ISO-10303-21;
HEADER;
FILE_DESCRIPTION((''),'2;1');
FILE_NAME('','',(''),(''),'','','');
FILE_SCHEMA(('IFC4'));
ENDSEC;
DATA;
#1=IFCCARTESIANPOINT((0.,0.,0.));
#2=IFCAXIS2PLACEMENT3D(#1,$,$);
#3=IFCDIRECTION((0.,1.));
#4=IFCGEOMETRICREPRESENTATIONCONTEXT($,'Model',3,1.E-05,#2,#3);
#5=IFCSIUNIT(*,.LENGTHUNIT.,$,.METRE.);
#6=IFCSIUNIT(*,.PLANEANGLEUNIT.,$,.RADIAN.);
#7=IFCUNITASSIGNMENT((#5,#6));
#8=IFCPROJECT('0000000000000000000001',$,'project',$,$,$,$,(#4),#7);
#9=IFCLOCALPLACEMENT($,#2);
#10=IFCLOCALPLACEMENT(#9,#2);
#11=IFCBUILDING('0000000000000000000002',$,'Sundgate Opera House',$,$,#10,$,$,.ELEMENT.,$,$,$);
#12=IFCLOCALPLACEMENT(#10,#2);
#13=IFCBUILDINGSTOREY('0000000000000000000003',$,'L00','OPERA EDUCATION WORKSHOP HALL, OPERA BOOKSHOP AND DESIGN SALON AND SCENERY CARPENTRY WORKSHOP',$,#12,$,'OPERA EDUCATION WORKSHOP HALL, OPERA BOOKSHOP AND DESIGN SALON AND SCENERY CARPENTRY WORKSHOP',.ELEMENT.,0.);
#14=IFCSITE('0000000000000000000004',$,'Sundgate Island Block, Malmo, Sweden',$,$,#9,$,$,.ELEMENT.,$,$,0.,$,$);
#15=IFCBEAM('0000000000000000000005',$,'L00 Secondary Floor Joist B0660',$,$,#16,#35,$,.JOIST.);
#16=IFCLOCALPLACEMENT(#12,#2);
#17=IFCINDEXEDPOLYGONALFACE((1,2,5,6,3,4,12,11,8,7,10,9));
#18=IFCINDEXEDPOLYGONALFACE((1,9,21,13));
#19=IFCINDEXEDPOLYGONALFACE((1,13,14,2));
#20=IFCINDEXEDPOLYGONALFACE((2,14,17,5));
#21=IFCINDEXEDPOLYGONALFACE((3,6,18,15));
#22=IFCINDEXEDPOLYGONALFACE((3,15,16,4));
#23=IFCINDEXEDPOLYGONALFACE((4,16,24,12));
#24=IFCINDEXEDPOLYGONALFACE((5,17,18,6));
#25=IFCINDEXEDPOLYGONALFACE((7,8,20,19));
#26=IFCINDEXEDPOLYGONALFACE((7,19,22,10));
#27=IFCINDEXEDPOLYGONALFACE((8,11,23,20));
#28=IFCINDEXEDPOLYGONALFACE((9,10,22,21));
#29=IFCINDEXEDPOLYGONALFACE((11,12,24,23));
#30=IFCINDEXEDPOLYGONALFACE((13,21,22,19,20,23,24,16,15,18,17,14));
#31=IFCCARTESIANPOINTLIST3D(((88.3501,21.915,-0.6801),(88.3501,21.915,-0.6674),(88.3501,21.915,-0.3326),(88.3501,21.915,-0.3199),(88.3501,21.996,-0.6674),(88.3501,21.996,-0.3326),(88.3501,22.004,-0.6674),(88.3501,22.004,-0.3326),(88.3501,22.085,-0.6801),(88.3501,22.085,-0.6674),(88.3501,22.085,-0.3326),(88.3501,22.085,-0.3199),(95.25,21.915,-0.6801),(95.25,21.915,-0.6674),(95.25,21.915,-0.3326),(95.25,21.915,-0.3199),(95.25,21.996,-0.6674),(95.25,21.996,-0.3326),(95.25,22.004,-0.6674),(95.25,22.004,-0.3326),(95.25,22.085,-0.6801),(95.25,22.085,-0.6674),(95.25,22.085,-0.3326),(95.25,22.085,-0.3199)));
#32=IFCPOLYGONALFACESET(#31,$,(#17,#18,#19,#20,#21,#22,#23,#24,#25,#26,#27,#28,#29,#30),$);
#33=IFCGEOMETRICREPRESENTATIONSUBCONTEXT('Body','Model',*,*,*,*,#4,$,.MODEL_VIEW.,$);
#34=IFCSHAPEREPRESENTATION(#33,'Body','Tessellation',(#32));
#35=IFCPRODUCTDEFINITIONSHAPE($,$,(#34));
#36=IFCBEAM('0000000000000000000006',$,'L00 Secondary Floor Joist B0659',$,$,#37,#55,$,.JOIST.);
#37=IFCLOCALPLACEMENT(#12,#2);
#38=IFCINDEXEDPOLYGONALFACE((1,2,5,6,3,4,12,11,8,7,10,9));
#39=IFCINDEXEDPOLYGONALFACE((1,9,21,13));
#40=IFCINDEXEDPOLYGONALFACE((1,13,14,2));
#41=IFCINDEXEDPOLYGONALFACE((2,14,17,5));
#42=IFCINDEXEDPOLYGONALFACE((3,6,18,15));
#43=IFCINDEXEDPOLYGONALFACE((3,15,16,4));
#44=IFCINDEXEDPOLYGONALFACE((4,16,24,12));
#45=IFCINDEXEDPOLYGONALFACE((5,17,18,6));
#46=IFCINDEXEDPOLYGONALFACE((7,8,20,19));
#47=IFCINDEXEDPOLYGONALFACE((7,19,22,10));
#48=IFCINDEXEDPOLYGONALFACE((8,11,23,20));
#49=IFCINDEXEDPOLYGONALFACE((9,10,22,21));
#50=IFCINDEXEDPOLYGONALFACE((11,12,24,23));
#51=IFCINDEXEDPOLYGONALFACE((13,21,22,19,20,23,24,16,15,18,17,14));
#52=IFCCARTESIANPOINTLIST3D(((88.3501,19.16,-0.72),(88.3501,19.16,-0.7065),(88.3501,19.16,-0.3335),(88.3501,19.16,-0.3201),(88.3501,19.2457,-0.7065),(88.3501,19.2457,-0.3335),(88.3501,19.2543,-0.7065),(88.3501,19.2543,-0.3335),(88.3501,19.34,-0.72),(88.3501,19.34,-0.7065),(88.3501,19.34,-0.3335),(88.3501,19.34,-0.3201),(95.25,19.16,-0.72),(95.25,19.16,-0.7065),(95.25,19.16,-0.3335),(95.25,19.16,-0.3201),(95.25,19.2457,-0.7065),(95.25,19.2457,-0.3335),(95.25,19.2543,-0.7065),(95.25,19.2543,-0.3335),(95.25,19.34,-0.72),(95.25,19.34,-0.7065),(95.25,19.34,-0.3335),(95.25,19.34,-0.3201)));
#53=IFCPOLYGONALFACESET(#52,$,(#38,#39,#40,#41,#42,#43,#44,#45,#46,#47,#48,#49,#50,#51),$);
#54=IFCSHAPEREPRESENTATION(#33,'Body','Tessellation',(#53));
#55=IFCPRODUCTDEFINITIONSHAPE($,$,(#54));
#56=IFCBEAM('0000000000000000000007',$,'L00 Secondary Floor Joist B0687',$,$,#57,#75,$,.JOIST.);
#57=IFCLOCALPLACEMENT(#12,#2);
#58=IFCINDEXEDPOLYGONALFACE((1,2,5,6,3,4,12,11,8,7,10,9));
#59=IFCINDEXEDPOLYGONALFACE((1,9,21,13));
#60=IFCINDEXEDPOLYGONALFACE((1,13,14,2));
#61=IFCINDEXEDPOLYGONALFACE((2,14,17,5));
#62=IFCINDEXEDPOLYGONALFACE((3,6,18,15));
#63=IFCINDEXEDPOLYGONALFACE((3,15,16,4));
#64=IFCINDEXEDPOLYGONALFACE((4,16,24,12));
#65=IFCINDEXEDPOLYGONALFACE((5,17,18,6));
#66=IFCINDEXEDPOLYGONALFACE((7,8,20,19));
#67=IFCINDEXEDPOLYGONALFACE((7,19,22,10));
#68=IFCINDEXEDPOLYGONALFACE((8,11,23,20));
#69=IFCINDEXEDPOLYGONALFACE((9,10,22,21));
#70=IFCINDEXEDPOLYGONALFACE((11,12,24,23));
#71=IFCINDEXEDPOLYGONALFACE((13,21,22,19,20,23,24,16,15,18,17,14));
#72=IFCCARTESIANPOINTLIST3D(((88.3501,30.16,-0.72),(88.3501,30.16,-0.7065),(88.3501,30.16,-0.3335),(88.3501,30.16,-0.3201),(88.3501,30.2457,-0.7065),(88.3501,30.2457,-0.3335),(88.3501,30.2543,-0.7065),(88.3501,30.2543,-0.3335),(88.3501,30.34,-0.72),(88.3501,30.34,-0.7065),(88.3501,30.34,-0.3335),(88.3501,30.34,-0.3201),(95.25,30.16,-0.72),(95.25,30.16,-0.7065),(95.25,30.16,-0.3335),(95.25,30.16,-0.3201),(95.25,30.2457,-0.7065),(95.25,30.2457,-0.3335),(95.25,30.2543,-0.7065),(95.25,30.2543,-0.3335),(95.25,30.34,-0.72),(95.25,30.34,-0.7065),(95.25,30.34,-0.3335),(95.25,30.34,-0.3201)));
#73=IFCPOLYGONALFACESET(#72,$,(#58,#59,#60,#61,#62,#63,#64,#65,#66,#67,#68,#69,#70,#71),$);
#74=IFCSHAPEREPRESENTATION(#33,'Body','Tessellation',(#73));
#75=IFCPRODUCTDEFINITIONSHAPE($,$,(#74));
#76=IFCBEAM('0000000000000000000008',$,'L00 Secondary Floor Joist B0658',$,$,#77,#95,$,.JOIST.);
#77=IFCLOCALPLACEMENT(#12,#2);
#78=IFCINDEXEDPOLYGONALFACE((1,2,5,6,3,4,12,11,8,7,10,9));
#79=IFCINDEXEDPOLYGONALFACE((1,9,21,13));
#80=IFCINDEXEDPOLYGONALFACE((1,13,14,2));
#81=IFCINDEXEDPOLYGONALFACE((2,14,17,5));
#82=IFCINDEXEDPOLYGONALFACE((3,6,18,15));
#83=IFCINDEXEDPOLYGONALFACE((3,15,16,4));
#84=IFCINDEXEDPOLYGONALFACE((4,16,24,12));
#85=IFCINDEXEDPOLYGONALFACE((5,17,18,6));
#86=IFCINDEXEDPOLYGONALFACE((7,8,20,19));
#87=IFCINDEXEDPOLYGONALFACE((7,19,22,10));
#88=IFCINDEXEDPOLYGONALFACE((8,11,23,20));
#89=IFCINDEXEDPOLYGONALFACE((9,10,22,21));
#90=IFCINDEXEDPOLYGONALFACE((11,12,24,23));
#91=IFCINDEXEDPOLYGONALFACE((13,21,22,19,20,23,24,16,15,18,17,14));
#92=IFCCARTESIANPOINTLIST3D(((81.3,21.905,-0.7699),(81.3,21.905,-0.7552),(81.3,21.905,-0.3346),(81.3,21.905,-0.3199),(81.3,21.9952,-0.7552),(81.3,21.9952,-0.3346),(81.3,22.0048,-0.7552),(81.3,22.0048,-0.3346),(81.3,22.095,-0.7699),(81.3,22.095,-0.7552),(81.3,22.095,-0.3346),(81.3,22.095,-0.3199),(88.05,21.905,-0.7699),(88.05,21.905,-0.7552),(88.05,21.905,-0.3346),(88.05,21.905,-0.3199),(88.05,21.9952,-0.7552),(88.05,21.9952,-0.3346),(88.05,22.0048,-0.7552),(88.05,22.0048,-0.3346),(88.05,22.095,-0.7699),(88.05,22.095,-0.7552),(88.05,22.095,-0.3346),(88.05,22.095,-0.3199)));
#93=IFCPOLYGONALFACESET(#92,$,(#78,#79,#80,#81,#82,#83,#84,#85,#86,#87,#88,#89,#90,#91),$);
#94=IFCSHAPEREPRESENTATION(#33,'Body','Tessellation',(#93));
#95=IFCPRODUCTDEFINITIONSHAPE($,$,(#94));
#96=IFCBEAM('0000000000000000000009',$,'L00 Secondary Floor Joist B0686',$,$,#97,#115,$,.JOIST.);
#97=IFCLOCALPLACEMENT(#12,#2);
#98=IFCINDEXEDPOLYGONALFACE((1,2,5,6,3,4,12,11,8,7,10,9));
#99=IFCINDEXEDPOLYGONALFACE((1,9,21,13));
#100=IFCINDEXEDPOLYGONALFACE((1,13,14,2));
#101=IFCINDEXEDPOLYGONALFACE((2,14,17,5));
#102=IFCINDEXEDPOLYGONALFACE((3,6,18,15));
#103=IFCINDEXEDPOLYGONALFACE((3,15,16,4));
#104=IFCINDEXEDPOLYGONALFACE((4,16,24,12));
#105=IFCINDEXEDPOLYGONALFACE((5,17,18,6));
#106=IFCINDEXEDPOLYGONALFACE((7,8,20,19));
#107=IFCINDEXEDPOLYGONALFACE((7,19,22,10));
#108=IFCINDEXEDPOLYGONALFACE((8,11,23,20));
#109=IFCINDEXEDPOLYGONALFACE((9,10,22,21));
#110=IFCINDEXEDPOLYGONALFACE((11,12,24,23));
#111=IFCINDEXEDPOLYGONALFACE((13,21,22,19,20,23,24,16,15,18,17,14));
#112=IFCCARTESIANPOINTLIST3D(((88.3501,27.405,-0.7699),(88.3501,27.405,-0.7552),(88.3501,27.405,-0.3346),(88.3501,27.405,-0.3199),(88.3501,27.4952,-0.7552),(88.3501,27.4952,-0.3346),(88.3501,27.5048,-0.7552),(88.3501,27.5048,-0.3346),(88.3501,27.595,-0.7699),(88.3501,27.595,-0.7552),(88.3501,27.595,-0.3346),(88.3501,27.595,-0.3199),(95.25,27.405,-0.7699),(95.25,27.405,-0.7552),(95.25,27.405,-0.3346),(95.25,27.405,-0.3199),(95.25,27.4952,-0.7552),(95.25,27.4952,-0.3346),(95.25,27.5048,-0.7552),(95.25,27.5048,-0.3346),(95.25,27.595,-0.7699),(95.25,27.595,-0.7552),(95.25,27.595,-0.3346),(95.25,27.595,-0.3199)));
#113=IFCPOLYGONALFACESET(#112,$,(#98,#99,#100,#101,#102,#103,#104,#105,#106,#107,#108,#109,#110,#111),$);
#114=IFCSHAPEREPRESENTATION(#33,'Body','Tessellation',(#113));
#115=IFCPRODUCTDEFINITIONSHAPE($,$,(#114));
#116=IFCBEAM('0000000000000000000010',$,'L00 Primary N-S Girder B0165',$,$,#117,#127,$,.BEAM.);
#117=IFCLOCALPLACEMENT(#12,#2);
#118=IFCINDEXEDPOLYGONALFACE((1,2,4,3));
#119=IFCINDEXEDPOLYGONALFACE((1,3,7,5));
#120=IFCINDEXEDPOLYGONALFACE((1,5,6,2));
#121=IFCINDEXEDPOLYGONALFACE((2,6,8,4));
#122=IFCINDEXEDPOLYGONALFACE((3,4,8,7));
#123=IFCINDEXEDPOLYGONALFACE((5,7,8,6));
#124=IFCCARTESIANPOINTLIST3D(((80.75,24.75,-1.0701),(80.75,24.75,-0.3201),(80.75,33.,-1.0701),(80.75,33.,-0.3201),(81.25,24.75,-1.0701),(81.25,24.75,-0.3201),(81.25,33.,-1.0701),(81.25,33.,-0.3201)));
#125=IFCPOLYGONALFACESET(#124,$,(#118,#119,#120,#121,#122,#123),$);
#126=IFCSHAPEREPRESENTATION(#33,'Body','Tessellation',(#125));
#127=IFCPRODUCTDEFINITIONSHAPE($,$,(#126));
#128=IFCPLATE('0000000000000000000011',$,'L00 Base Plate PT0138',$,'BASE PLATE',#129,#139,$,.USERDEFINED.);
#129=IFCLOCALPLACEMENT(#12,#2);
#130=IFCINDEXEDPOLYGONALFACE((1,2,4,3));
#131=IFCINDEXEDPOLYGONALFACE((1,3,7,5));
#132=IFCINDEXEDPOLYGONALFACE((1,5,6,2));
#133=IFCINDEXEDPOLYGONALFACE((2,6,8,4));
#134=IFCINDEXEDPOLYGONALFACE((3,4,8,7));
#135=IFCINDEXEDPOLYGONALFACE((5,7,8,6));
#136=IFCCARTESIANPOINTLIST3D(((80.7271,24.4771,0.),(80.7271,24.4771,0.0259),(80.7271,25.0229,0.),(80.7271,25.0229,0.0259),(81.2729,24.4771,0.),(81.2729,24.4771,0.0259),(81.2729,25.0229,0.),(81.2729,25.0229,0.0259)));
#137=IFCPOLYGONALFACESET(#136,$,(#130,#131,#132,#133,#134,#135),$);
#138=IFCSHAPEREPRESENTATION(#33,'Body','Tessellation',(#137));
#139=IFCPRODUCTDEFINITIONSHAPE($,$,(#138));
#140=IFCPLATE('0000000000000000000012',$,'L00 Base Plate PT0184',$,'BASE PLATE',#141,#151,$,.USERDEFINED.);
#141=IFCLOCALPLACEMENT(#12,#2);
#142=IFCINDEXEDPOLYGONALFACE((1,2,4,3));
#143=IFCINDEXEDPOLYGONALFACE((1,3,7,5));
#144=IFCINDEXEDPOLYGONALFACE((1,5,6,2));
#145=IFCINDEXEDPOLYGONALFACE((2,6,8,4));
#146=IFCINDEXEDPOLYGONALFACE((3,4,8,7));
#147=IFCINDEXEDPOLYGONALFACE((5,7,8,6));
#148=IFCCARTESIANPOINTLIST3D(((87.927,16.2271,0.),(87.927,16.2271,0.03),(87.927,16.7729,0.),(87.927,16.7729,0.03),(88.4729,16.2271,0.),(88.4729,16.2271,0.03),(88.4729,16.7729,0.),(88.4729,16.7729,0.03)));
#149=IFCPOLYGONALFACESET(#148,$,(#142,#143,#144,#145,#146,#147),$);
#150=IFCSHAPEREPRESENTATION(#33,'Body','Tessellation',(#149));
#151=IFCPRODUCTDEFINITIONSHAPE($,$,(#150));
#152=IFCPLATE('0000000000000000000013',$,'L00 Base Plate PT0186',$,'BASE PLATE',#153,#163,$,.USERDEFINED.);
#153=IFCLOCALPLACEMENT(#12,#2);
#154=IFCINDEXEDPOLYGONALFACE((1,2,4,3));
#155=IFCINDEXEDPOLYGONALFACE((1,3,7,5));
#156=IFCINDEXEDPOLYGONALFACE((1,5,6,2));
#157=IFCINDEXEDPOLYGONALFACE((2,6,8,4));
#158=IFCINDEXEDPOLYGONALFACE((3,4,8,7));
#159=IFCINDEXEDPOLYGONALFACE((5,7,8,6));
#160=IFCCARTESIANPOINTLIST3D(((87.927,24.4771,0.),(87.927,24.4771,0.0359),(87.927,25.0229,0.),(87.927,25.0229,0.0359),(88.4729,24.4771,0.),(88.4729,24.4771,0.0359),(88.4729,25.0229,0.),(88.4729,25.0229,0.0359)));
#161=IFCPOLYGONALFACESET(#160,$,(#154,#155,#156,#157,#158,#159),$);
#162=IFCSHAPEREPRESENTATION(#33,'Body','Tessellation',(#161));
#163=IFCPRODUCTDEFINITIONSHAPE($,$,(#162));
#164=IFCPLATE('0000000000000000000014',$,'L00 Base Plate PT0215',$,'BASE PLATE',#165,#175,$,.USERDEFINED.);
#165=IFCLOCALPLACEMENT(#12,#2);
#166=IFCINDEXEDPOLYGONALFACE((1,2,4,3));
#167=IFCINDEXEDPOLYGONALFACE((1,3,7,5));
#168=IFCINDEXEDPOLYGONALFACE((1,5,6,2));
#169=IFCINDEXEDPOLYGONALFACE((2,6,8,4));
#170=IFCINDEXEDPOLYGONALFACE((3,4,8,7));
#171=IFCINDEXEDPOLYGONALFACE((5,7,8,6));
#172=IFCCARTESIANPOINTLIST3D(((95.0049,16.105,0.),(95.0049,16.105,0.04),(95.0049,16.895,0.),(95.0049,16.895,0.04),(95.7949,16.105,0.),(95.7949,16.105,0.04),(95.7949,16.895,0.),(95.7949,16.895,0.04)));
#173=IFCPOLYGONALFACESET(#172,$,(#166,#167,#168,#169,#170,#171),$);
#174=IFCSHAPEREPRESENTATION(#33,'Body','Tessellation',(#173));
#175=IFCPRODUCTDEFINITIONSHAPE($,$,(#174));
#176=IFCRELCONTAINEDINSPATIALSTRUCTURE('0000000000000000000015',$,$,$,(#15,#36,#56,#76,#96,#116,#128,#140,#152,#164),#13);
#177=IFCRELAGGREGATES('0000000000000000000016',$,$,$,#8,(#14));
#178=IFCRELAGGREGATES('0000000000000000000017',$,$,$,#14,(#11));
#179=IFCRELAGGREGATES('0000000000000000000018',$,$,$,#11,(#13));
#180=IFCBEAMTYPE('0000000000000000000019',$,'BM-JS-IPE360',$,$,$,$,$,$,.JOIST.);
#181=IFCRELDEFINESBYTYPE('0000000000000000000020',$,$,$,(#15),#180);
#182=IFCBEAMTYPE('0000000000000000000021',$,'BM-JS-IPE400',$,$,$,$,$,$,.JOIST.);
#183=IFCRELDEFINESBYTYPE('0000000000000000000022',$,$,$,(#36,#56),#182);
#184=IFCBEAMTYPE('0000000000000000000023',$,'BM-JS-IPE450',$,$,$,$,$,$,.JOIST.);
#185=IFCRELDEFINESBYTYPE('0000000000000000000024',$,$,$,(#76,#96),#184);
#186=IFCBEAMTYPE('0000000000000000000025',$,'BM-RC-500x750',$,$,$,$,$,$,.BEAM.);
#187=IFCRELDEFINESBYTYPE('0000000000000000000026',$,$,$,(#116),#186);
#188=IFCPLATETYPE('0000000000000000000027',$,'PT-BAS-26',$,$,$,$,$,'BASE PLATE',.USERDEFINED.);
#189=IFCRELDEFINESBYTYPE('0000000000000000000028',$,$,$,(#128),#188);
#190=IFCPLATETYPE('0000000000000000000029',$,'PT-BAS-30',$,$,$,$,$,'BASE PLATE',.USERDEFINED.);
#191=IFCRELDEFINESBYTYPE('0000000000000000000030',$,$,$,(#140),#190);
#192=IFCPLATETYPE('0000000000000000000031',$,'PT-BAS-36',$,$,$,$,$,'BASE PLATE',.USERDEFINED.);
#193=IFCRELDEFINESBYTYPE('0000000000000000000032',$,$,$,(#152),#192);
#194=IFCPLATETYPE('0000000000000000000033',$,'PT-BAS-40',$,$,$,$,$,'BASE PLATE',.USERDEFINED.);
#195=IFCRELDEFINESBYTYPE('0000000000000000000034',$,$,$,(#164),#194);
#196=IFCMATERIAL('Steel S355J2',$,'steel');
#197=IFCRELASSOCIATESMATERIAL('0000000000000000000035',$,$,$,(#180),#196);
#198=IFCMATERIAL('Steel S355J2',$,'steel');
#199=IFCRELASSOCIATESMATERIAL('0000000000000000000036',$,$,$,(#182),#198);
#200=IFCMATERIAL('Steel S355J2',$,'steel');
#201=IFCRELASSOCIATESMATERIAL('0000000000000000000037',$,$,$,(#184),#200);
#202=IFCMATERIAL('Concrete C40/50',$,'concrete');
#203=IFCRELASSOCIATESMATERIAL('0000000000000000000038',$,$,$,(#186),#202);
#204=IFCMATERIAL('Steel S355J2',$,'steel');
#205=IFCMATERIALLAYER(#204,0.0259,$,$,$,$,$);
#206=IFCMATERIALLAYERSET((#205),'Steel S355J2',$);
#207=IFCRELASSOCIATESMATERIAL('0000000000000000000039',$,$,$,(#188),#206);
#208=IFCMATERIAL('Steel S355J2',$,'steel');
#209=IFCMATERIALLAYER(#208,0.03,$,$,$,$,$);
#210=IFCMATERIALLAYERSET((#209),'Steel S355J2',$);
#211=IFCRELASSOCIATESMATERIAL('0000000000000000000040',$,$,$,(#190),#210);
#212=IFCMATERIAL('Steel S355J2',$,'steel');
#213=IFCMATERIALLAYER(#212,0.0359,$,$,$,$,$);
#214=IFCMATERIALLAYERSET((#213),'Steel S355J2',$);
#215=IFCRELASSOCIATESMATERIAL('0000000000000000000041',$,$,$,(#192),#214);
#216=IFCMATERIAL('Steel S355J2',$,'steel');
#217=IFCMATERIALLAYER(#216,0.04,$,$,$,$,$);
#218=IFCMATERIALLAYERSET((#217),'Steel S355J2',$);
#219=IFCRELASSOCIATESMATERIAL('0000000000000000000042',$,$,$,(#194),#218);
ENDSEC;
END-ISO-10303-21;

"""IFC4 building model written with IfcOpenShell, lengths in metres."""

from ifc_helpers import new_model, si_unit, direction, frame, origin, origin_2d, place, context, subcontext, project, spatial, rectangle, i_section, extrude, material, layer, layer_set, material_profile, profile_set, type_object, element, save


model = new_model("IFC4")

# Units and contexts
model_context = context("Model", 3, precision=1e-05, world=origin(), true_north=direction((0.0, 1.0)))
body_context = subcontext(model_context, "Body", "Model", "MODEL_VIEW")
ifc_project = project(units=[si_unit("LENGTHUNIT", "METRE"), si_unit("PLANEANGLEUNIT", "RADIAN")], contexts=[model_context])

# Site, building, storey
site_placement = place(None, origin())
site = spatial("IfcSite", under=ifc_project, at=site_placement, Name="Sundgate Island Block, Malmo, Sweden", CompositionType="ELEMENT", RefElevation=0.0)
building_placement = place(site_placement, origin())
building = spatial("IfcBuilding", under=site, at=building_placement, Name="Sundgate Opera House", CompositionType="ELEMENT")
storey_placement = place(building_placement, origin())
storey = spatial("IfcBuildingStorey", under=building, at=storey_placement, Name="L00", Description="OPERA EDUCATION WORKSHOP HALL, OPERA BOOKSHOP AND DESIGN SALON AND SCENERY CARPENTRY WORKSHOP", LongName="OPERA EDUCATION WORKSHOP HALL, OPERA BOOKSHOP AND DESIGN SALON AND SCENERY CARPENTRY WORKSHOP", CompositionType="ELEMENT", Elevation=0.0)

# Beams
ifc_material_1 = material(Name="Steel S355J2", Category="steel")
ifc_material_profile_1 = material_profile(ifc_material_1, i_section(OverallWidth=0.1699, OverallDepth=0.3601, WebThickness=0.0081, FlangeThickness=0.0127, at=origin_2d()), Name="IPE 360")
ifc_profile_set_1 = profile_set([ifc_material_profile_1], Name="Steel S355J2")
beam_type_1 = type_object("IfcBeamType", Name="BM-JS-IPE360", PredefinedType="JOIST", material=ifc_profile_set_1)
beam_1_placement = place(storey_placement, frame((88.3501, 22.0, -0.5), z_axis=(1.0, 0.0, 0.0), x_axis=(0.0, 1.0, 0.0)))
element("IfcBeam", 1, at=beam_1_placement, inside=storey, type_object=beam_type_1, Name="L00 Secondary Floor Joist B0660", PredefinedType="JOIST", context=body_context, shape_type="SweptSolid", body=[
    extrude(i_section(OverallWidth=0.1699, OverallDepth=0.3601, WebThickness=0.0081, FlangeThickness=0.0127, at=origin_2d()), origin(), (0.0, 0.0, 1.0), 6.8999),
])
ifc_material_2 = material(Name="Steel S355J2", Category="steel")
ifc_material_profile_2 = material_profile(ifc_material_2, i_section(OverallWidth=0.1799, OverallDepth=0.3999, WebThickness=0.0085, FlangeThickness=0.0134, at=origin_2d()), Name="IPE 400")
ifc_profile_set_2 = profile_set([ifc_material_profile_2], Name="Steel S355J2")
beam_type_2 = type_object("IfcBeamType", Name="BM-JS-IPE400", PredefinedType="JOIST", material=ifc_profile_set_2)
for number, where, z_axis, x_axis, name in (
    (2, (88.3501, 19.25, -0.52), (1.0, 0.0, 0.0), (0.0, 1.0, 0.0), "L00 Secondary Floor Joist B0659"),
    (3, (88.3501, 30.25, -0.52), (1.0, 0.0, 0.0), (0.0, 1.0, 0.0), "L00 Secondary Floor Joist B0687"),
):
    element("IfcBeam", number, at=place(storey_placement, frame(where, z_axis=z_axis, x_axis=x_axis)), inside=storey, type_object=beam_type_2, Name=name, PredefinedType="JOIST", context=body_context, shape_type="SweptSolid", body=[
        extrude(i_section(OverallWidth=0.1799, OverallDepth=0.3999, WebThickness=0.0085, FlangeThickness=0.0134, at=origin_2d()), origin(), (0.0, 0.0, 1.0), 6.8999),
    ])
ifc_material_3 = material(Name="Steel S355J2", Category="steel")
ifc_material_profile_3 = material_profile(ifc_material_3, i_section(OverallWidth=0.1899, OverallDepth=0.45, WebThickness=0.0095, FlangeThickness=0.0146, at=origin_2d()), Name="IPE 450")
ifc_profile_set_3 = profile_set([ifc_material_profile_3], Name="Steel S355J2")
beam_type_3 = type_object("IfcBeamType", Name="BM-JS-IPE450", PredefinedType="JOIST", material=ifc_profile_set_3)
beam_2_placement = place(storey_placement, frame((81.3, 22.0, -0.5449), z_axis=(1.0, 0.0, 0.0), x_axis=(0.0, 1.0, 0.0)))
element("IfcBeam", 4, at=beam_2_placement, inside=storey, type_object=beam_type_3, Name="L00 Secondary Floor Joist B0658", PredefinedType="JOIST", context=body_context, shape_type="SweptSolid", body=[
    extrude(i_section(OverallWidth=0.1899, OverallDepth=0.45, WebThickness=0.0095, FlangeThickness=0.0146, at=origin_2d()), origin(), (0.0, 0.0, 1.0), 6.75),
])
beam_3_placement = place(storey_placement, frame((88.3501, 27.5, -0.5449), z_axis=(1.0, 0.0, 0.0), x_axis=(0.0, 1.0, 0.0)))
element("IfcBeam", 5, at=beam_3_placement, inside=storey, type_object=beam_type_3, Name="L00 Secondary Floor Joist B0686", PredefinedType="JOIST", context=body_context, shape_type="SweptSolid", body=[
    extrude(i_section(OverallWidth=0.1899, OverallDepth=0.45, WebThickness=0.0095, FlangeThickness=0.0146, at=origin_2d()), origin(), (0.0, 0.0, 1.0), 6.8999),
])
ifc_material_4 = material(Name="Concrete C40/50", Category="concrete")
ifc_material_profile_4 = material_profile(ifc_material_4, rectangle(XDim=0.5, YDim=0.75, at=origin_2d()), Name="RC 500x750")
ifc_profile_set_4 = profile_set([ifc_material_profile_4], Name="Concrete C40/50")
beam_type_4 = type_object("IfcBeamType", Name="BM-RC-500x750", PredefinedType="BEAM", material=ifc_profile_set_4)
beam_4_placement = place(storey_placement, frame((81.0, 24.75, -0.6951), z_axis=(0.0, 1.0, 0.0), x_axis=(-1.0, 0.0, 0.0)))
element("IfcBeam", 6, at=beam_4_placement, inside=storey, type_object=beam_type_4, Name="L00 Primary N-S Girder B0165", PredefinedType="BEAM", context=body_context, shape_type="SweptSolid", body=[
    extrude(rectangle(XDim=0.5, YDim=0.75, at=origin_2d()), origin(), (0.0, 0.0, 1.0), 8.25),
])

# Plates
ifc_material_5 = material(Name="Steel S355J2", Category="steel")
ifc_layer_1 = layer(ifc_material_5, 0.0259)
ifc_layer_set_1 = layer_set([ifc_layer_1], Name="Steel S355J2")
plate_type_1 = type_object("IfcPlateType", Name="PT-BAS-26", ElementType="BASE PLATE", PredefinedType="USERDEFINED", material=ifc_layer_set_1)
plate_1_placement = place(storey_placement, frame((81.0, 24.75, 0.0), z_axis=(0.0, 0.0, 1.0), x_axis=(1.0, 0.0, 0.0)))
element("IfcPlate", 7, at=plate_1_placement, inside=storey, type_object=plate_type_1, Name="L00 Base Plate PT0138", ObjectType="BASE PLATE", PredefinedType="USERDEFINED", context=body_context, shape_type="SweptSolid", body=[
    extrude(rectangle(XDim=0.5459, YDim=0.5459, at=origin_2d()), origin(), (0.0, 0.0, 1.0), 0.0259),
])
ifc_material_6 = material(Name="Steel S355J2", Category="steel")
ifc_layer_2 = layer(ifc_material_6, 0.03)
ifc_layer_set_2 = layer_set([ifc_layer_2], Name="Steel S355J2")
plate_type_2 = type_object("IfcPlateType", Name="PT-BAS-30", ElementType="BASE PLATE", PredefinedType="USERDEFINED", material=ifc_layer_set_2)
plate_2_placement = place(storey_placement, frame((88.2, 16.5, 0.0), z_axis=(0.0, 0.0, 1.0), x_axis=(1.0, 0.0, 0.0)))
element("IfcPlate", 8, at=plate_2_placement, inside=storey, type_object=plate_type_2, Name="L00 Base Plate PT0184", ObjectType="BASE PLATE", PredefinedType="USERDEFINED", context=body_context, shape_type="SweptSolid", body=[
    extrude(rectangle(XDim=0.5459, YDim=0.5459, at=origin_2d()), origin(), (0.0, 0.0, 1.0), 0.03),
])
ifc_material_7 = material(Name="Steel S355J2", Category="steel")
ifc_layer_3 = layer(ifc_material_7, 0.0359)
ifc_layer_set_3 = layer_set([ifc_layer_3], Name="Steel S355J2")
plate_type_3 = type_object("IfcPlateType", Name="PT-BAS-36", ElementType="BASE PLATE", PredefinedType="USERDEFINED", material=ifc_layer_set_3)
plate_3_placement = place(storey_placement, frame((88.2, 24.75, 0.0), z_axis=(0.0, 0.0, 1.0), x_axis=(1.0, 0.0, 0.0)))
element("IfcPlate", 9, at=plate_3_placement, inside=storey, type_object=plate_type_3, Name="L00 Base Plate PT0186", ObjectType="BASE PLATE", PredefinedType="USERDEFINED", context=body_context, shape_type="SweptSolid", body=[
    extrude(rectangle(XDim=0.5459, YDim=0.5459, at=origin_2d()), origin(), (0.0, 0.0, 1.0), 0.0359),
])
ifc_material_8 = material(Name="Steel S355J2", Category="steel")
ifc_layer_4 = layer(ifc_material_8, 0.04)
ifc_layer_set_4 = layer_set([ifc_layer_4], Name="Steel S355J2")
plate_type_4 = type_object("IfcPlateType", Name="PT-BAS-40", ElementType="BASE PLATE", PredefinedType="USERDEFINED", material=ifc_layer_set_4)
plate_4_placement = place(storey_placement, frame((95.3999, 16.5, 0.0), z_axis=(0.0, 0.0, 1.0), x_axis=(1.0, 0.0, 0.0)))
element("IfcPlate", 10, at=plate_4_placement, inside=storey, type_object=plate_type_4, Name="L00 Base Plate PT0215", ObjectType="BASE PLATE", PredefinedType="USERDEFINED", context=body_context, shape_type="SweptSolid", body=[
    extrude(rectangle(XDim=0.79, YDim=0.79, at=origin_2d()), origin(), (0.0, 0.0, 1.0), 0.04),
])

save(model, "model.ifc")
